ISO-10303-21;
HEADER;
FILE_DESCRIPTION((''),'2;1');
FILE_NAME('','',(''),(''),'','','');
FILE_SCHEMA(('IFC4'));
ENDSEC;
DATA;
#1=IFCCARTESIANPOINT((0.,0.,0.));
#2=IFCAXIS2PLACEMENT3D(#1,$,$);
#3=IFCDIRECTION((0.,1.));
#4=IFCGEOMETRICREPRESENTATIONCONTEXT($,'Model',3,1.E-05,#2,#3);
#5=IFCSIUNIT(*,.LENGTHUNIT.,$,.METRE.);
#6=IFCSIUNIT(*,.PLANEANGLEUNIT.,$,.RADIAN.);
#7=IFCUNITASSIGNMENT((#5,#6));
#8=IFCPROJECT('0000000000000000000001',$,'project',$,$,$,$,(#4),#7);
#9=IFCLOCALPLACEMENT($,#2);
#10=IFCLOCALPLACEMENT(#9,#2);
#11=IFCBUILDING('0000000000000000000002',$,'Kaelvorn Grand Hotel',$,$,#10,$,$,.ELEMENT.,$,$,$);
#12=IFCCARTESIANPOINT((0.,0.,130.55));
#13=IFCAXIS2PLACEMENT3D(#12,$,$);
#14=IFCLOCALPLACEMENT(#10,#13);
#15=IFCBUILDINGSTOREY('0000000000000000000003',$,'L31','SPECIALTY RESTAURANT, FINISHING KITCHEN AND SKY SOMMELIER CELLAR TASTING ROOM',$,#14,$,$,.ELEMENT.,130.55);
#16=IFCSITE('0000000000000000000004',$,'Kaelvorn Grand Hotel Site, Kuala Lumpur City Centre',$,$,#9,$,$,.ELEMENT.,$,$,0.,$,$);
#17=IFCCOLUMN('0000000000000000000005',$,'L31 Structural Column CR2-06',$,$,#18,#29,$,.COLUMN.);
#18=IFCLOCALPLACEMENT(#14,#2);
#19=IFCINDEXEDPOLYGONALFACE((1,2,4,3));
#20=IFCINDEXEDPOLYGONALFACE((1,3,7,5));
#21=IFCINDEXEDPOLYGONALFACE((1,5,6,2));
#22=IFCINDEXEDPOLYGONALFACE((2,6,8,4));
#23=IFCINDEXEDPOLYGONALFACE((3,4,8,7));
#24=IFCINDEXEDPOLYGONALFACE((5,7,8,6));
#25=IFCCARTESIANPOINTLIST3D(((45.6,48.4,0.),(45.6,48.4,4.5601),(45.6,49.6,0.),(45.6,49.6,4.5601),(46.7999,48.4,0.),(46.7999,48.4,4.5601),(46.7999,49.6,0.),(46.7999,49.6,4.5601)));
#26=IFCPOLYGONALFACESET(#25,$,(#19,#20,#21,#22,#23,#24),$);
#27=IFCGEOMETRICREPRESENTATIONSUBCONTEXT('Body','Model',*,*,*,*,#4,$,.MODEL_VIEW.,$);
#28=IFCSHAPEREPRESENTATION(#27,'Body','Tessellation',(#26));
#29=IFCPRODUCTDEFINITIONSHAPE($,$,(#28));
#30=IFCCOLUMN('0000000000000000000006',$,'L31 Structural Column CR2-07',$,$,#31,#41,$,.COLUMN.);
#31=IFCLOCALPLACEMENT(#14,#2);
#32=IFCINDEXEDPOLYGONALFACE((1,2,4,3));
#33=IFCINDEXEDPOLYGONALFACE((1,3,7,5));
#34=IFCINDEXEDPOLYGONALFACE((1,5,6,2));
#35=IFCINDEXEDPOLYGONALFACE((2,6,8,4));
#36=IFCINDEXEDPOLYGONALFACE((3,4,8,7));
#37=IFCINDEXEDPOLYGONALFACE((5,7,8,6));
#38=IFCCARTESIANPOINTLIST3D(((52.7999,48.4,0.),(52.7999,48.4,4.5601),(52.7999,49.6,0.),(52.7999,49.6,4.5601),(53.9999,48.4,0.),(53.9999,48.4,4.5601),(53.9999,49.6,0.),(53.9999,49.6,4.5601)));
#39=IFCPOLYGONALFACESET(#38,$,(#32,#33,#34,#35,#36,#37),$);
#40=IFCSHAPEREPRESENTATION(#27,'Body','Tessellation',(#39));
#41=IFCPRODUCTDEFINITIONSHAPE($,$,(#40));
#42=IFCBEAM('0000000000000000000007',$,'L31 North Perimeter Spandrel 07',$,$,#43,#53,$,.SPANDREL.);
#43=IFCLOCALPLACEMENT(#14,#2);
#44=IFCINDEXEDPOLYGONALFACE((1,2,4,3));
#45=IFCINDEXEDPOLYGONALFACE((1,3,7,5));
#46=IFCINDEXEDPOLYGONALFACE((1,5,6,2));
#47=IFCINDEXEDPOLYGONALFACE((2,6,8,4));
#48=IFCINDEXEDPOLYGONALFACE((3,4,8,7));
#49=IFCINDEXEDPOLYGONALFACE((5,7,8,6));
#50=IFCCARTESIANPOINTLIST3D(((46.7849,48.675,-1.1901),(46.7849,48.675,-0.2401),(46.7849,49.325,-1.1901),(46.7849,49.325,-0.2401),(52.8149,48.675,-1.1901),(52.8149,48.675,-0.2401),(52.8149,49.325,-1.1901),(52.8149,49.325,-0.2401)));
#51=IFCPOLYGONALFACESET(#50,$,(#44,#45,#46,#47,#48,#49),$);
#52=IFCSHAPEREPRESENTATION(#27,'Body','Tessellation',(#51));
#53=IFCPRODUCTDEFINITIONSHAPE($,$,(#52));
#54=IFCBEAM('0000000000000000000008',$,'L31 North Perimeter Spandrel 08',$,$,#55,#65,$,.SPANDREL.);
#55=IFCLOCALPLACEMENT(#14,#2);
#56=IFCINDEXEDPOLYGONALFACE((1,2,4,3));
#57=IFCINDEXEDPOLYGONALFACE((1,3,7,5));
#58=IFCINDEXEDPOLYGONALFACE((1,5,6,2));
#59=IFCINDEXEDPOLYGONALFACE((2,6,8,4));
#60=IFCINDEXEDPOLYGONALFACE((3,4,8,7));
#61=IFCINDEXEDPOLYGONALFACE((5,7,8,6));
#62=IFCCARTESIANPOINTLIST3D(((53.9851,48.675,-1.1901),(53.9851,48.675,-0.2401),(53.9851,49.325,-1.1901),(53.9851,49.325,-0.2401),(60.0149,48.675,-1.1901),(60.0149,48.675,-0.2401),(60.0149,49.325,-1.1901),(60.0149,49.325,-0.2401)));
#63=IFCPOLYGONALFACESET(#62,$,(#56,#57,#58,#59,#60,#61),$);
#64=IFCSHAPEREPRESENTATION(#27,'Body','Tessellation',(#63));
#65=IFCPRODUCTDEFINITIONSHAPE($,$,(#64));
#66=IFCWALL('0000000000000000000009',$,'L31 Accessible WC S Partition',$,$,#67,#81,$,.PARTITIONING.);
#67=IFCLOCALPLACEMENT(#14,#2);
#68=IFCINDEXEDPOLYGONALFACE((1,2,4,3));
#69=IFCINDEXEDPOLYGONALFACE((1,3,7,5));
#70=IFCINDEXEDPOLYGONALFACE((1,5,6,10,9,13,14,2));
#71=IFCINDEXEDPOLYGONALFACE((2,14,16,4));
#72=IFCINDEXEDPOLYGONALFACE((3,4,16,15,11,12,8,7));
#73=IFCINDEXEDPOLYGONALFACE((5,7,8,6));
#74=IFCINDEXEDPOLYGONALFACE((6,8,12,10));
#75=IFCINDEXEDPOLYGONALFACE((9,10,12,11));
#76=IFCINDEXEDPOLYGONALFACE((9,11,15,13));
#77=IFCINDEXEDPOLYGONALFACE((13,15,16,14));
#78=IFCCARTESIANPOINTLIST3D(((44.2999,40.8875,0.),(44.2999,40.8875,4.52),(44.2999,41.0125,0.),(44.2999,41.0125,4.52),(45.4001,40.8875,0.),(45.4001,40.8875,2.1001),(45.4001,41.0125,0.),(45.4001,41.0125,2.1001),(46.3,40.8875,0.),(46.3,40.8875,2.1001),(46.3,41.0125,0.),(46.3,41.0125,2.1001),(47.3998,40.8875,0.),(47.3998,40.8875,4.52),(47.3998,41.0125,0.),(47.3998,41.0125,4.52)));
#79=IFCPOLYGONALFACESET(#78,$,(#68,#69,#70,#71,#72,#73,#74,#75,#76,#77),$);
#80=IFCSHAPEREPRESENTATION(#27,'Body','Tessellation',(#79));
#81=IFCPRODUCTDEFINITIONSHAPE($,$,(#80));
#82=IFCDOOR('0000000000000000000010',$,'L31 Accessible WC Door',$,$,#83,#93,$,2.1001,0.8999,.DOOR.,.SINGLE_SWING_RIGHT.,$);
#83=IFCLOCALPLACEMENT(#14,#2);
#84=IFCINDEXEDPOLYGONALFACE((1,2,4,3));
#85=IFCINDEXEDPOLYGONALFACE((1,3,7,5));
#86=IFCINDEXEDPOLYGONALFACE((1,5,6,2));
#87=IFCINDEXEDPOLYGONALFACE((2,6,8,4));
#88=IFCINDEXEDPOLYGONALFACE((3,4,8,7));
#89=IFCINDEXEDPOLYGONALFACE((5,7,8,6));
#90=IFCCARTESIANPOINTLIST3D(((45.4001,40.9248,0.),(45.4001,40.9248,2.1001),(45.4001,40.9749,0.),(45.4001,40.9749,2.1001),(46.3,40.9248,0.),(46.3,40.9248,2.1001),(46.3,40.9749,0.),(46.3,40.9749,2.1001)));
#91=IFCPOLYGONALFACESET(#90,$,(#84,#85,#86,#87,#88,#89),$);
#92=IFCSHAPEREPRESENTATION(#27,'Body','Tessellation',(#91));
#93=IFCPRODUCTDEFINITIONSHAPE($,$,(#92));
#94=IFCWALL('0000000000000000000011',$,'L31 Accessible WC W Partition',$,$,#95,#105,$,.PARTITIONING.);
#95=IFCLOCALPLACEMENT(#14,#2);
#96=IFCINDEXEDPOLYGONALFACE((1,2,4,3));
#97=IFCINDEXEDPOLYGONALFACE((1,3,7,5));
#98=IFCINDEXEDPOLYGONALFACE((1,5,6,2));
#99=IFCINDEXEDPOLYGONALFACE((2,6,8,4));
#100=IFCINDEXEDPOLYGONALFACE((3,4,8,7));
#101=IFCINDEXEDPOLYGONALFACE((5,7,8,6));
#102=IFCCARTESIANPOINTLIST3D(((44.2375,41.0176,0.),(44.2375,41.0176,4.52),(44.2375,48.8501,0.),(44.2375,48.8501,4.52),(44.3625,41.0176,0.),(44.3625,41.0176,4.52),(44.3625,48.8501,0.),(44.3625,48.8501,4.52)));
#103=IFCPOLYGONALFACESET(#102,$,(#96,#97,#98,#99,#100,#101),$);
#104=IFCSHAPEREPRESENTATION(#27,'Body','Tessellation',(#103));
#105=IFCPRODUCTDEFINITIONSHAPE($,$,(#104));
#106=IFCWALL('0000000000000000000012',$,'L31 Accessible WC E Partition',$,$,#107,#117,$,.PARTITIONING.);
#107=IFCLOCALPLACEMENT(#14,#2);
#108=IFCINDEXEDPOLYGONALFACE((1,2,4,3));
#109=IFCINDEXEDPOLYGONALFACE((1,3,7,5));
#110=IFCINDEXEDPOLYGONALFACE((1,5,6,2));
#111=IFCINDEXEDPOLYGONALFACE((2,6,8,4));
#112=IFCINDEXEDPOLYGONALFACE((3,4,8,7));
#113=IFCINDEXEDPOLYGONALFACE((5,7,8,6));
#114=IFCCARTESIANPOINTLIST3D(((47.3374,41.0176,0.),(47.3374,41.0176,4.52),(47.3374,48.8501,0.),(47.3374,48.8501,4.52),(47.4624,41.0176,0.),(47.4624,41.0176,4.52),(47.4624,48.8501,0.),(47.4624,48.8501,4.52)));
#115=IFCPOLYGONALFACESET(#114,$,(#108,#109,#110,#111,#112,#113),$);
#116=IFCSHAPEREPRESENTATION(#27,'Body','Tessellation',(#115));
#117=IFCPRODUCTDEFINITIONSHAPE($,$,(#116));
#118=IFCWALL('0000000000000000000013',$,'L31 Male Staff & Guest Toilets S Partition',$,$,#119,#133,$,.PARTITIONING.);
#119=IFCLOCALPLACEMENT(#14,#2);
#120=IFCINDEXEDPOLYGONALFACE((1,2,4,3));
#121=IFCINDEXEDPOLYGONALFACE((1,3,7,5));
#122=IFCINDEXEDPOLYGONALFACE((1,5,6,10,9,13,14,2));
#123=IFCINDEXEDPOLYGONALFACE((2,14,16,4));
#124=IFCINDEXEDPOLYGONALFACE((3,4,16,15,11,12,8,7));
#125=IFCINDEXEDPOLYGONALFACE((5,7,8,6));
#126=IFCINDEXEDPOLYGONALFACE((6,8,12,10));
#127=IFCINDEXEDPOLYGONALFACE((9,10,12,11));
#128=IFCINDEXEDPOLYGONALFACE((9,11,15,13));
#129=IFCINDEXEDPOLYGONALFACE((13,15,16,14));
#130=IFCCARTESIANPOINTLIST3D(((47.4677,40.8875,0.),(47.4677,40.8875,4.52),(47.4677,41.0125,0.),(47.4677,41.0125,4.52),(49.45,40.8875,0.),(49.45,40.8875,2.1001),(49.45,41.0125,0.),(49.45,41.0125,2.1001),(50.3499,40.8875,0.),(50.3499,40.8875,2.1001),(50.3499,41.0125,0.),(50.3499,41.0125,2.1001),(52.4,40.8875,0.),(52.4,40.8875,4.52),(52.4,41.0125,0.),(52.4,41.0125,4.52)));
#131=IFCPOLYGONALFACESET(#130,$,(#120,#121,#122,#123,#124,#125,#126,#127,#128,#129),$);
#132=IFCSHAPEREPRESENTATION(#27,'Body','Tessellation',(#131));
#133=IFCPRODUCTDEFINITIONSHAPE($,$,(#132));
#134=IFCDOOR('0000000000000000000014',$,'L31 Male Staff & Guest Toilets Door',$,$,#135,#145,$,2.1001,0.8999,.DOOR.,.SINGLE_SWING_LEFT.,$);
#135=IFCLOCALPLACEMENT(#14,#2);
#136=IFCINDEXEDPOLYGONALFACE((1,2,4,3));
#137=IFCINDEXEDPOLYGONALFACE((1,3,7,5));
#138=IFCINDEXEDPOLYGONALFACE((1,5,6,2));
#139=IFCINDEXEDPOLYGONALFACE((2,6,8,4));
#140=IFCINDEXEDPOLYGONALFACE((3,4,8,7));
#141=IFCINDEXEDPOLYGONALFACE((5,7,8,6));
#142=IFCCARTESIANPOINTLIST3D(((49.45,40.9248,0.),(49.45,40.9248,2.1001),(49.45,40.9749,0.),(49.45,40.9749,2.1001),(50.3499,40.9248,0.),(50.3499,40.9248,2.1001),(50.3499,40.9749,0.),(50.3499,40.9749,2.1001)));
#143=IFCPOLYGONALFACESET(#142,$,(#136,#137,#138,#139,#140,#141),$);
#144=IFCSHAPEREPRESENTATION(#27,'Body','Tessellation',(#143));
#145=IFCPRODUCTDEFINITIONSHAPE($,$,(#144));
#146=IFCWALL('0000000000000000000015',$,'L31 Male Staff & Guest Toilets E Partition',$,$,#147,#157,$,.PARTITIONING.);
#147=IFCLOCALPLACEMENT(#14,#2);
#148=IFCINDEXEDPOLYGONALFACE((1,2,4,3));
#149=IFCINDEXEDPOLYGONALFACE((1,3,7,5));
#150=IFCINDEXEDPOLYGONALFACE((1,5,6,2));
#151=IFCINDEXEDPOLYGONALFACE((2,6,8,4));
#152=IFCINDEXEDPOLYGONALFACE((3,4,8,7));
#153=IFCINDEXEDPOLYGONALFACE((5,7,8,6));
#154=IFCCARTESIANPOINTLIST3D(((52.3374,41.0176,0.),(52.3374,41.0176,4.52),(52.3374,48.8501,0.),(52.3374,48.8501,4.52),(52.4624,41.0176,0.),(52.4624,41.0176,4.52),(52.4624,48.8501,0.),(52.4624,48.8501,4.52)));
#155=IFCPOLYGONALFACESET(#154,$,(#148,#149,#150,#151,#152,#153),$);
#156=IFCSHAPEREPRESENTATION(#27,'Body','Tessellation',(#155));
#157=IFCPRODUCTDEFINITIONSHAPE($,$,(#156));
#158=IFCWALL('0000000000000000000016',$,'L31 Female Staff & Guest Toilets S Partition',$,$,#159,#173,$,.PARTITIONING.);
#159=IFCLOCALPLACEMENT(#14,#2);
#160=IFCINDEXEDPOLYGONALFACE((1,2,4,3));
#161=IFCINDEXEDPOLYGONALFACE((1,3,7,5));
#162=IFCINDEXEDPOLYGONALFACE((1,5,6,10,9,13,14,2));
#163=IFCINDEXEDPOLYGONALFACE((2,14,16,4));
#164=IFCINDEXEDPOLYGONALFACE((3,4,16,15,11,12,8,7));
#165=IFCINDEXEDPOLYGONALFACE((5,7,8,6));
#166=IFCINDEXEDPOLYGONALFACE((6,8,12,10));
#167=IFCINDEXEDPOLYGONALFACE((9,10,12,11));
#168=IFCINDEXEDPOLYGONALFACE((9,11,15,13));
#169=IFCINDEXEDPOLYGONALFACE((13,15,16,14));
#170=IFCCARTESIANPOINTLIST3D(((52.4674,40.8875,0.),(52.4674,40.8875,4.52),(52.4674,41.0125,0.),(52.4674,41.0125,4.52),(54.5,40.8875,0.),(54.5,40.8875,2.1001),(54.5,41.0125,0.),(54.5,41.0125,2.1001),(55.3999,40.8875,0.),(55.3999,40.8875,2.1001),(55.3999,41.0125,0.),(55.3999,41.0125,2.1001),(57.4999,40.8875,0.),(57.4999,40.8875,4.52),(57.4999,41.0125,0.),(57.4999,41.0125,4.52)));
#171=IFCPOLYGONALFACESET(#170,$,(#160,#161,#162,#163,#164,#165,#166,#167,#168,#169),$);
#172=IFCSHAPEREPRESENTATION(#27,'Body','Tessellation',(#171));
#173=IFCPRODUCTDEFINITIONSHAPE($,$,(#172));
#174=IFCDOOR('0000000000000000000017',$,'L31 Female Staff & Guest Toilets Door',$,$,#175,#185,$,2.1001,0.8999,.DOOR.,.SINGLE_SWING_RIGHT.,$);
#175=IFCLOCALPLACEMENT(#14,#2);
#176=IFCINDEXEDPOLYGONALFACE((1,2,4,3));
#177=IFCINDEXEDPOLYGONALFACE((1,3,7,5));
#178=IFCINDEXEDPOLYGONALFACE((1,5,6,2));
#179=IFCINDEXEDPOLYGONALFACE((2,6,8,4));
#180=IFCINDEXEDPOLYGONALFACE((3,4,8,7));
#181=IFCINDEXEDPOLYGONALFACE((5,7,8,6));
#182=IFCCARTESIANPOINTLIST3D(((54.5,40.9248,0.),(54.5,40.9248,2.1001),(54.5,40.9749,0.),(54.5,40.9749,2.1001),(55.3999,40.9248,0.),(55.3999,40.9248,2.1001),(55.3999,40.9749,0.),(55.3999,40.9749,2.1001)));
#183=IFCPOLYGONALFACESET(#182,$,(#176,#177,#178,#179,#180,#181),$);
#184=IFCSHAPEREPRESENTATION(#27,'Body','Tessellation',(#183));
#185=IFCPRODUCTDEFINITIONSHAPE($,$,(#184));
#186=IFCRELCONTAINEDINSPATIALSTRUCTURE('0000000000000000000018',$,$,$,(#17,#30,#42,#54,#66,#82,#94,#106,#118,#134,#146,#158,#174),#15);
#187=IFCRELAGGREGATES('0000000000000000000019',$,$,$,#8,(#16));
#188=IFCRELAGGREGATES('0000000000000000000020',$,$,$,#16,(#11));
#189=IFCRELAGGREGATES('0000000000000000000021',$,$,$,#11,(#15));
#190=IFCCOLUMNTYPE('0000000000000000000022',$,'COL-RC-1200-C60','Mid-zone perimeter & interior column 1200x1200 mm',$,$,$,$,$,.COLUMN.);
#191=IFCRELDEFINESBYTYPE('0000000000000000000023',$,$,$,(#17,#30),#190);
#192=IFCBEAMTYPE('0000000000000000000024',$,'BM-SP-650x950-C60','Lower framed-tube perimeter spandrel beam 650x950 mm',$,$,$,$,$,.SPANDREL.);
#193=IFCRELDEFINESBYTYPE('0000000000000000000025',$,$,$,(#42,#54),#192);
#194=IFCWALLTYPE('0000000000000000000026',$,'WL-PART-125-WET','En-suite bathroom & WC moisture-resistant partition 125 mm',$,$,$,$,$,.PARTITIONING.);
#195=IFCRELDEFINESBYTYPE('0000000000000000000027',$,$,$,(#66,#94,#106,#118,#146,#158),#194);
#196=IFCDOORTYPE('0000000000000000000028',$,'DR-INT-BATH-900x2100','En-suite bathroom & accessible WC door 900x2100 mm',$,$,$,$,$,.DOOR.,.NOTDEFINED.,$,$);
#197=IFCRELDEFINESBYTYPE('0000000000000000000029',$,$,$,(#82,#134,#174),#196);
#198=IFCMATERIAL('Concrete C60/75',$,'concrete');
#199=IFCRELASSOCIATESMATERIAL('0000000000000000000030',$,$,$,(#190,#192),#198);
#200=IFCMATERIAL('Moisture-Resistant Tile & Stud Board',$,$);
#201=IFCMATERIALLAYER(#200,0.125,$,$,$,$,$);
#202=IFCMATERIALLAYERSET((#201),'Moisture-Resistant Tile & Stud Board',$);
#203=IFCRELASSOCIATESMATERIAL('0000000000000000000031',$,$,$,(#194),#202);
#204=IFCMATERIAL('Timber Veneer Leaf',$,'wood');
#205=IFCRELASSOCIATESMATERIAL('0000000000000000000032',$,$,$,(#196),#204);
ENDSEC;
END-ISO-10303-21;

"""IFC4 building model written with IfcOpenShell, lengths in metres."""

from ifc_helpers import new_model, si_unit, direction, frame, frame_2d, origin, origin_2d, place, context, subcontext, project, spatial, rectangle, extrude, material, layer, layer_set, material_profile, profile_set, type_object, element, fill, save


model = new_model("IFC4")

# Units and contexts
model_context = context("Model", 3, precision=1e-05, world=origin(), true_north=direction((0.0, 1.0)))
body_context = subcontext(model_context, "Body", "Model", "MODEL_VIEW")
ifc_project = project(units=[si_unit("LENGTHUNIT", "METRE"), si_unit("PLANEANGLEUNIT", "RADIAN")], contexts=[model_context])

# Site, building, storey
site_placement = place(None, origin())
site = spatial("IfcSite", under=ifc_project, at=site_placement, Name="Kaelvorn Grand Hotel Site, Kuala Lumpur City Centre", CompositionType="ELEMENT", RefElevation=0.0)
building_placement = place(site_placement, origin())
building = spatial("IfcBuilding", under=site, at=building_placement, Name="Kaelvorn Grand Hotel", CompositionType="ELEMENT")
storey_placement = place(building_placement, frame((0.0, 0.0, 130.55)))
storey = spatial("IfcBuildingStorey", under=building, at=storey_placement, Name="L31", Description="SPECIALTY RESTAURANT, FINISHING KITCHEN AND SKY SOMMELIER CELLAR TASTING ROOM", CompositionType="ELEMENT", Elevation=130.55)

# Columns
ifc_material_1 = material(Name="Concrete C60/75", Category="concrete")
ifc_material_profile_1 = material_profile(ifc_material_1, rectangle(XDim=1.2, YDim=1.2, at=origin_2d()), Name="RC COL 1200x1200")
ifc_profile_set_1 = profile_set([ifc_material_profile_1], Name="Concrete C60/75")
column_type = type_object("IfcColumnType", Name="COL-RC-1200-C60", Description="Mid-zone perimeter & interior column 1200x1200 mm", PredefinedType="COLUMN", material=ifc_profile_set_1)
for number, where, z_axis, x_axis, name in (
    (1, (46.2, 49.0, 0.0), (0.0, 0.0, 1.0), (1.0, 0.0, 0.0), "L31 Structural Column CR2-06"),
    (2, (53.3999, 49.0, 0.0), (0.0, 0.0, 1.0), (1.0, 0.0, 0.0), "L31 Structural Column CR2-07"),
):
    element("IfcColumn", number, at=place(storey_placement, frame(where, z_axis=z_axis, x_axis=x_axis)), inside=storey, type_object=column_type, Name=name, PredefinedType="COLUMN", context=body_context, shape_type="SweptSolid", body=[
        extrude(rectangle(XDim=1.2, YDim=1.2, at=origin_2d()), origin(), (0.0, 0.0, 1.0), 4.5601),
    ])

# Beams
ifc_material_profile_2 = material_profile(ifc_material_1, rectangle(XDim=0.6499, YDim=0.95, at=origin_2d()), Name="RC SPANDREL 650x950")
ifc_profile_set_2 = profile_set([ifc_material_profile_2], Name="Concrete C60/75")
beam_type = type_object("IfcBeamType", Name="BM-SP-650x950-C60", Description="Lower framed-tube perimeter spandrel beam 650x950 mm", PredefinedType="SPANDREL", material=ifc_profile_set_2)
beam_1_placement = place(storey_placement, frame((46.7849, 49.0, -0.7151), z_axis=(1.0, 0.0, 0.0), x_axis=(0.0, 1.0, 0.0)))
element("IfcBeam", 3, at=beam_1_placement, inside=storey, type_object=beam_type, Name="L31 North Perimeter Spandrel 07", PredefinedType="SPANDREL", context=body_context, shape_type="SweptSolid", body=[
    extrude(rectangle(XDim=0.6499, YDim=0.95, at=origin_2d()), origin(), (0.0, 0.0, 1.0), 6.03),
])
beam_2_placement = place(storey_placement, frame((53.9851, 49.0, -0.7151), z_axis=(1.0, 0.0, 0.0), x_axis=(0.0, 1.0, 0.0)))
element("IfcBeam", 4, at=beam_2_placement, inside=storey, type_object=beam_type, Name="L31 North Perimeter Spandrel 08", PredefinedType="SPANDREL", context=body_context, shape_type="SweptSolid", body=[
    extrude(rectangle(XDim=0.6499, YDim=0.95, at=origin_2d()), origin(), (0.0, 0.0, 1.0), 6.0298),
])

# Wall, opening, door
ifc_material_2 = material(Name="Moisture-Resistant Tile & Stud Board")
ifc_layer_1 = layer(ifc_material_2, 0.125)
ifc_layer_set_1 = layer_set([ifc_layer_1], Name="Moisture-Resistant Tile & Stud Board")
wall_type_1 = type_object("IfcWallType", Name="WL-PART-125-WET", Description="En-suite bathroom & WC moisture-resistant partition 125 mm", PredefinedType="PARTITIONING", material=ifc_layer_set_1)
wall_1_placement = place(storey_placement, frame((44.3, 40.95, 0.0), z_axis=(0.0, 0.0, 1.0), x_axis=(1.0, 0.0, 0.0)))
wall_1 = element("IfcWall", 5, at=wall_1_placement, inside=storey, type_object=wall_type_1, Name="L31 Accessible WC S Partition", PredefinedType="PARTITIONING", context=body_context, shape_type="SweptSolid", body=[
    extrude(rectangle(XDim=3.0999, YDim=0.125, at=frame_2d((1.5498, 0.0))), origin(), (0.0, 0.0, 1.0), 4.52),
])
opening_1_placement = place(wall_1_placement, frame((1.1001, 0.0, 0.0)))
opening_1 = element("IfcOpeningElement", 6, at=opening_1_placement, cuts=wall_1, PredefinedType="OPENING", context=body_context, shape_type="SweptSolid", body=[
    extrude(rectangle(XDim=0.8999, YDim=2.1001, at=frame_2d((0.45, 1.05))), frame((0.0, 0.0725, 0.0), z_axis=(0.0, -1.0, 0.0), x_axis=(1.0, 0.0, 0.0)), (0.0, 0.0, 1.0), 0.145),
])
ifc_material_3 = material(Name="Timber Veneer Leaf", Category="wood")
door_type_1 = type_object("IfcDoorType", Name="DR-INT-BATH-900x2100", Description="En-suite bathroom & accessible WC door 900x2100 mm", OperationType="NOTDEFINED", PredefinedType="DOOR", material=ifc_material_3)
door_1_placement = place(opening_1_placement, origin())
door_1 = element("IfcDoor", 7, at=door_1_placement, inside=storey, type_object=door_type_1, Name="L31 Accessible WC Door", OperationType="SINGLE_SWING_RIGHT", OverallHeight=2.1001, OverallWidth=0.8999, PredefinedType="DOOR", context=body_context, shape_type="SweptSolid", body=[
    extrude(rectangle(XDim=0.8999, YDim=2.1001, at=frame_2d((0.45, 1.05))), frame((0.0, 0.0249, 0.0), z_axis=(0.0, -1.0, 0.0), x_axis=(1.0, 0.0, 0.0)), (0.0, 0.0, 1.0), 0.05),
])
fill(opening_1, door_1)

# Walls
for number, where, z_axis, x_axis, name in (
    (8, (44.3, 41.0176, 0.0), (0.0, 0.0, 1.0), (0.0, 1.0, 0.0), "L31 Accessible WC W Partition"),
    (9, (47.3999, 41.0176, 0.0), (0.0, 0.0, 1.0), (0.0, 1.0, 0.0), "L31 Accessible WC E Partition"),
):
    element("IfcWall", number, at=place(storey_placement, frame(where, z_axis=z_axis, x_axis=x_axis)), inside=storey, type_object=wall_type_1, Name=name, PredefinedType="PARTITIONING", context=body_context, shape_type="SweptSolid", body=[
        extrude(rectangle(XDim=7.8325, YDim=0.125, at=frame_2d((3.9163, 0.0))), origin(), (0.0, 0.0, 1.0), 4.52),
    ])

# Wall, opening, door
wall_2_placement = place(storey_placement, frame((47.4675, 40.95, 0.0), z_axis=(0.0, 0.0, 1.0), x_axis=(1.0, 0.0, 0.0)))
wall_2 = element("IfcWall", 10, at=wall_2_placement, inside=storey, type_object=wall_type_1, Name="L31 Male Staff & Guest Toilets S Partition", PredefinedType="PARTITIONING", context=body_context, shape_type="SweptSolid", body=[
    extrude(rectangle(XDim=4.9324, YDim=0.125, at=frame_2d((2.4663, 0.0))), origin(), (0.0, 0.0, 1.0), 4.52),
])
opening_2_placement = place(wall_2_placement, frame((1.9824, 0.0, 0.0)))
opening_2 = element("IfcOpeningElement", 11, at=opening_2_placement, cuts=wall_2, PredefinedType="OPENING", context=body_context, shape_type="SweptSolid", body=[
    extrude(rectangle(XDim=0.8999, YDim=2.1001, at=frame_2d((0.45, 1.05))), frame((0.0, 0.0725, 0.0), z_axis=(0.0, -1.0, 0.0), x_axis=(1.0, 0.0, 0.0)), (0.0, 0.0, 1.0), 0.145),
])
door_2_placement = place(opening_2_placement, origin())
door_2 = element("IfcDoor", 12, at=door_2_placement, inside=storey, type_object=door_type_1, Name="L31 Male Staff & Guest Toilets Door", OperationType="SINGLE_SWING_LEFT", OverallHeight=2.1001, OverallWidth=0.8999, PredefinedType="DOOR", context=body_context, shape_type="SweptSolid", body=[
    extrude(rectangle(XDim=0.8999, YDim=2.1001, at=frame_2d((0.45, 1.05))), frame((0.0, 0.0249, 0.0), z_axis=(0.0, -1.0, 0.0), x_axis=(1.0, 0.0, 0.0)), (0.0, 0.0, 1.0), 0.05),
])
fill(opening_2, door_2)

# Wall
wall_3_placement = place(storey_placement, frame((52.3999, 41.0176, 0.0), z_axis=(0.0, 0.0, 1.0), x_axis=(0.0, 1.0, 0.0)))
element("IfcWall", 13, at=wall_3_placement, inside=storey, type_object=wall_type_1, Name="L31 Male Staff & Guest Toilets E Partition", PredefinedType="PARTITIONING", context=body_context, shape_type="SweptSolid", body=[
    extrude(rectangle(XDim=7.8325, YDim=0.125, at=frame_2d((3.9163, 0.0))), origin(), (0.0, 0.0, 1.0), 4.52),
])

# Wall, opening, door
wall_4_placement = place(storey_placement, frame((52.4675, 40.95, 0.0), z_axis=(0.0, 0.0, 1.0), x_axis=(1.0, 0.0, 0.0)))
wall_4 = element("IfcWall", 14, at=wall_4_placement, inside=storey, type_object=wall_type_1, Name="L31 Female Staff & Guest Toilets S Partition", PredefinedType="PARTITIONING", context=body_context, shape_type="SweptSolid", body=[
    extrude(rectangle(XDim=5.0325, YDim=0.125, at=frame_2d((2.5161, 0.0))), origin(), (0.0, 0.0, 1.0), 4.52),
])
opening_3_placement = place(wall_4_placement, frame((2.0325, 0.0, 0.0)))
opening_3 = element("IfcOpeningElement", 15, at=opening_3_placement, cuts=wall_4, PredefinedType="OPENING", context=body_context, shape_type="SweptSolid", body=[
    extrude(rectangle(XDim=0.8999, YDim=2.1001, at=frame_2d((0.45, 1.05))), frame((0.0, 0.0725, 0.0), z_axis=(0.0, -1.0, 0.0), x_axis=(1.0, 0.0, 0.0)), (0.0, 0.0, 1.0), 0.145),
])
door_3_placement = place(opening_3_placement, origin())
door_3 = element("IfcDoor", 16, at=door_3_placement, inside=storey, type_object=door_type_1, Name="L31 Female Staff & Guest Toilets Door", OperationType="SINGLE_SWING_RIGHT", OverallHeight=2.1001, OverallWidth=0.8999, PredefinedType="DOOR", context=body_context, shape_type="SweptSolid", body=[
    extrude(rectangle(XDim=0.8999, YDim=2.1001, at=frame_2d((0.45, 1.05))), frame((0.0, 0.0249, 0.0), z_axis=(0.0, -1.0, 0.0), x_axis=(1.0, 0.0, 0.0)), (0.0, 0.0, 1.0), 0.05),
])
fill(opening_3, door_3)

save(model, "model.ifc")
